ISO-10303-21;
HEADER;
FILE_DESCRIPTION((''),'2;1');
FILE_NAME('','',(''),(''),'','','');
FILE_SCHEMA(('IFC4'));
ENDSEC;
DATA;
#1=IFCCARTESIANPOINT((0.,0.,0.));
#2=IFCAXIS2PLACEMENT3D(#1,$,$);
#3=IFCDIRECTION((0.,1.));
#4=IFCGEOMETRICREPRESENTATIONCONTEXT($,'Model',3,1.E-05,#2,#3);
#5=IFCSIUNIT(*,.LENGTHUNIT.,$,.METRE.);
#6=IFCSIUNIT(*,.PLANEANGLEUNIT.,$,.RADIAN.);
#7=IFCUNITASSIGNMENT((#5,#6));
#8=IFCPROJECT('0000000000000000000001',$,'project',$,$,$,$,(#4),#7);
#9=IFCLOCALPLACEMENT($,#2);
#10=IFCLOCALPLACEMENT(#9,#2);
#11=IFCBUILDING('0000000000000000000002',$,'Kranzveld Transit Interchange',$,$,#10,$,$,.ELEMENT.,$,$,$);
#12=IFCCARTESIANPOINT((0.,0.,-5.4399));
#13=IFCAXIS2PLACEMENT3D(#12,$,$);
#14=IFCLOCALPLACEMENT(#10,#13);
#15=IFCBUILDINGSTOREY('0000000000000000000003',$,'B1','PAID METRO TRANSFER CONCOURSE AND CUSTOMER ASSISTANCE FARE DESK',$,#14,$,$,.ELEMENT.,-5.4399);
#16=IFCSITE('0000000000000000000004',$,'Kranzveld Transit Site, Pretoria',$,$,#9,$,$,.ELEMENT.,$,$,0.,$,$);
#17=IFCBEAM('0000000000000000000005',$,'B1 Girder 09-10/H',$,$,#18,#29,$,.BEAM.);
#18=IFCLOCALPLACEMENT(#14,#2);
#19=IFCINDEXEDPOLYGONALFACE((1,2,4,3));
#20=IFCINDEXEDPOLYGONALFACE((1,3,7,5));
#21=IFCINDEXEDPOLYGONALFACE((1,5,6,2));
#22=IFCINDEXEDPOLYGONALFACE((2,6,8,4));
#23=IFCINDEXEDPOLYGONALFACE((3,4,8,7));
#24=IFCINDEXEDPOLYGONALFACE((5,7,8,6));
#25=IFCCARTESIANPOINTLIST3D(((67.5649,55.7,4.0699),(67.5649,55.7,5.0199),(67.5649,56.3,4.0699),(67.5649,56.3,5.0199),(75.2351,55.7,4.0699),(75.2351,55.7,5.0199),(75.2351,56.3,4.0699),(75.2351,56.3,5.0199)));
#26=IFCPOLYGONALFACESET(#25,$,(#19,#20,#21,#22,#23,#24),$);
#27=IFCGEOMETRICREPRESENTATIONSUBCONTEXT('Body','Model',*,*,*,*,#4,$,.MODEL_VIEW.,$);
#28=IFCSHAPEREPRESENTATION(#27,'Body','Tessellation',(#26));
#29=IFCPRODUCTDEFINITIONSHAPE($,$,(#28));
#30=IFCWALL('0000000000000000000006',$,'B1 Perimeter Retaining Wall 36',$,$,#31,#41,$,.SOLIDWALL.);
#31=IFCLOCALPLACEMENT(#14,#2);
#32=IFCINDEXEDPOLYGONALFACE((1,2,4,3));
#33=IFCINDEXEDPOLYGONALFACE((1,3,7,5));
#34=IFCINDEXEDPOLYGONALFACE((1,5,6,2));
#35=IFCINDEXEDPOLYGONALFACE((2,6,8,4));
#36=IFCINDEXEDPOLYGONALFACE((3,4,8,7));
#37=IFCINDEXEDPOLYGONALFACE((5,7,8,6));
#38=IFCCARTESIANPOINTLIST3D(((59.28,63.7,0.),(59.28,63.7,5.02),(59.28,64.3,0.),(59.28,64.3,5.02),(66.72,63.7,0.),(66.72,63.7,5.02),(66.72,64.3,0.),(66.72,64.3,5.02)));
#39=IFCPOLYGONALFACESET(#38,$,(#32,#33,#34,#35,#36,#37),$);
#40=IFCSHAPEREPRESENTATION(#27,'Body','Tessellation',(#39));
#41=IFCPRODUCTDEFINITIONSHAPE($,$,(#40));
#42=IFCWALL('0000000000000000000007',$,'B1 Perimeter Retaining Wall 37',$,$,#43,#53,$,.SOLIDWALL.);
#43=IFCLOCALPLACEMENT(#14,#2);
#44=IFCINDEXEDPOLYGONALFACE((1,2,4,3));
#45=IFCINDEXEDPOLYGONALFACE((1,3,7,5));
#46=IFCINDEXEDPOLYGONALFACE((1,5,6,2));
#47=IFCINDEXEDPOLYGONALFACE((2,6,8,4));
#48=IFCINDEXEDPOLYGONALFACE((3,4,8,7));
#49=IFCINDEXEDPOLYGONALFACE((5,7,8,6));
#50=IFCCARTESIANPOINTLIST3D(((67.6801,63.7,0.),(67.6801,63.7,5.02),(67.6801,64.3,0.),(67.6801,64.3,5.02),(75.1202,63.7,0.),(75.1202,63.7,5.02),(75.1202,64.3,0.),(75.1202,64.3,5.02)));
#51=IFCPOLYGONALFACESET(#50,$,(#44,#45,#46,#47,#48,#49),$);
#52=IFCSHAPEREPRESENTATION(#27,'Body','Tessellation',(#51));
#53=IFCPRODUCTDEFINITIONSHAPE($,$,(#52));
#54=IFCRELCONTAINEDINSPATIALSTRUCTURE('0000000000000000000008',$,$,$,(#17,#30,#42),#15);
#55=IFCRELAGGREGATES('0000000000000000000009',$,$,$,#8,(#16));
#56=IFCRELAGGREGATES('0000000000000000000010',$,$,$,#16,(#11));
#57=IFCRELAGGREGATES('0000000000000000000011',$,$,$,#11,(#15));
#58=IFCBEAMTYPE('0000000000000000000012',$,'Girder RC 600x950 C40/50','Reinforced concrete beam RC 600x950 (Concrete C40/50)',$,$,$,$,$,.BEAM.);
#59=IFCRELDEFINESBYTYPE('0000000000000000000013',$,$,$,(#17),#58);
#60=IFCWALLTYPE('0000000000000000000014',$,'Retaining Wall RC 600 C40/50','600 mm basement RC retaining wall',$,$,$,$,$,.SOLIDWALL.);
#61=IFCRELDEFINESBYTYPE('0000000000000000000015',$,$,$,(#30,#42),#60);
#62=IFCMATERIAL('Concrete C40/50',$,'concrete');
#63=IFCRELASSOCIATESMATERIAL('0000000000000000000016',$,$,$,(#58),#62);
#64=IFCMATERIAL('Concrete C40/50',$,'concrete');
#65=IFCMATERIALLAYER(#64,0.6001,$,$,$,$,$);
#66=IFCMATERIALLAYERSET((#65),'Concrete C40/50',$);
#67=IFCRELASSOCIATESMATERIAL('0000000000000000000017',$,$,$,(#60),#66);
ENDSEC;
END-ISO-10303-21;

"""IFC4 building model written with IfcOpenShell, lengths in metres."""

from ifc_helpers import new_model, si_unit, direction, frame, frame_2d, origin, origin_2d, place, context, subcontext, project, spatial, rectangle, extrude, material, layer, layer_set, material_profile, profile_set, type_object, element, save


model = new_model("IFC4")

# Units and contexts
model_context = context("Model", 3, precision=1e-05, world=origin(), true_north=direction((0.0, 1.0)))
body_context = subcontext(model_context, "Body", "Model", "MODEL_VIEW")
ifc_project = project(units=[si_unit("LENGTHUNIT", "METRE"), si_unit("PLANEANGLEUNIT", "RADIAN")], contexts=[model_context])

# Site, building, storey
site_placement = place(None, origin())
site = spatial("IfcSite", under=ifc_project, at=site_placement, Name="Kranzveld Transit Site, Pretoria", CompositionType="ELEMENT", RefElevation=0.0)
building_placement = place(site_placement, origin())
building = spatial("IfcBuilding", under=site, at=building_placement, Name="Kranzveld Transit Interchange", CompositionType="ELEMENT")
storey_placement = place(building_placement, frame((0.0, 0.0, -5.4399)))
storey = spatial("IfcBuildingStorey", under=building, at=storey_placement, Name="B1", Description="PAID METRO TRANSFER CONCOURSE AND CUSTOMER ASSISTANCE FARE DESK", CompositionType="ELEMENT", Elevation=-5.4399)

# Beam
ifc_material_1 = material(Name="Concrete C40/50", Category="concrete")
ifc_material_profile_1 = material_profile(ifc_material_1, rectangle(XDim=0.6001, YDim=0.95, at=origin_2d()), Name="RC 600x950")
ifc_profile_set_1 = profile_set([ifc_material_profile_1], Name="Concrete C40/50")
beam_type_1 = type_object("IfcBeamType", Name="Girder RC 600x950 C40/50", Description="Reinforced concrete beam RC 600x950 (Concrete C40/50)", PredefinedType="BEAM", material=ifc_profile_set_1)
beam_1_placement = place(storey_placement, frame((67.5649, 56.0, 4.5449), z_axis=(1.0, 0.0, 0.0), x_axis=(0.0, 1.0, 0.0)))
element("IfcBeam", 1, at=beam_1_placement, inside=storey, type_object=beam_type_1, Name="B1 Girder 09-10/H", PredefinedType="BEAM", context=body_context, shape_type="SweptSolid", body=[
    extrude(rectangle(XDim=0.6001, YDim=0.95, at=origin_2d()), origin(), (0.0, 0.0, 1.0), 7.6702),
])

# Walls
ifc_material_2 = material(Name="Concrete C40/50", Category="concrete")
ifc_layer = layer(ifc_material_2, 0.6001)
ifc_layer_set = layer_set([ifc_layer], Name="Concrete C40/50")
wall_type = type_object("IfcWallType", Name="Retaining Wall RC 600 C40/50", Description="600 mm basement RC retaining wall", PredefinedType="SOLIDWALL", material=ifc_layer_set)
wall_1_placement = place(storey_placement, frame((59.28, 64.0, 0.0), z_axis=(0.0, 0.0, 1.0), x_axis=(1.0, 0.0, 0.0)))
element("IfcWall", 2, at=wall_1_placement, inside=storey, type_object=wall_type, Name="B1 Perimeter Retaining Wall 36", PredefinedType="SOLIDWALL", context=body_context, shape_type="SweptSolid", body=[
    extrude(rectangle(XDim=7.4399, YDim=0.6001, at=frame_2d((3.72, 0.0))), origin(), (0.0, 0.0, 1.0), 5.02),
])
wall_2_placement = place(storey_placement, frame((67.6799, 64.0, 0.0), z_axis=(0.0, 0.0, 1.0), x_axis=(1.0, 0.0, 0.0)))
element("IfcWall", 3, at=wall_2_placement, inside=storey, type_object=wall_type, Name="B1 Perimeter Retaining Wall 37", PredefinedType="SOLIDWALL", context=body_context, shape_type="SweptSolid", body=[
    extrude(rectangle(XDim=7.4402, YDim=0.6001, at=frame_2d((3.7202, 0.0))), origin(), (0.0, 0.0, 1.0), 5.02),
])

save(model, "model.ifc")
